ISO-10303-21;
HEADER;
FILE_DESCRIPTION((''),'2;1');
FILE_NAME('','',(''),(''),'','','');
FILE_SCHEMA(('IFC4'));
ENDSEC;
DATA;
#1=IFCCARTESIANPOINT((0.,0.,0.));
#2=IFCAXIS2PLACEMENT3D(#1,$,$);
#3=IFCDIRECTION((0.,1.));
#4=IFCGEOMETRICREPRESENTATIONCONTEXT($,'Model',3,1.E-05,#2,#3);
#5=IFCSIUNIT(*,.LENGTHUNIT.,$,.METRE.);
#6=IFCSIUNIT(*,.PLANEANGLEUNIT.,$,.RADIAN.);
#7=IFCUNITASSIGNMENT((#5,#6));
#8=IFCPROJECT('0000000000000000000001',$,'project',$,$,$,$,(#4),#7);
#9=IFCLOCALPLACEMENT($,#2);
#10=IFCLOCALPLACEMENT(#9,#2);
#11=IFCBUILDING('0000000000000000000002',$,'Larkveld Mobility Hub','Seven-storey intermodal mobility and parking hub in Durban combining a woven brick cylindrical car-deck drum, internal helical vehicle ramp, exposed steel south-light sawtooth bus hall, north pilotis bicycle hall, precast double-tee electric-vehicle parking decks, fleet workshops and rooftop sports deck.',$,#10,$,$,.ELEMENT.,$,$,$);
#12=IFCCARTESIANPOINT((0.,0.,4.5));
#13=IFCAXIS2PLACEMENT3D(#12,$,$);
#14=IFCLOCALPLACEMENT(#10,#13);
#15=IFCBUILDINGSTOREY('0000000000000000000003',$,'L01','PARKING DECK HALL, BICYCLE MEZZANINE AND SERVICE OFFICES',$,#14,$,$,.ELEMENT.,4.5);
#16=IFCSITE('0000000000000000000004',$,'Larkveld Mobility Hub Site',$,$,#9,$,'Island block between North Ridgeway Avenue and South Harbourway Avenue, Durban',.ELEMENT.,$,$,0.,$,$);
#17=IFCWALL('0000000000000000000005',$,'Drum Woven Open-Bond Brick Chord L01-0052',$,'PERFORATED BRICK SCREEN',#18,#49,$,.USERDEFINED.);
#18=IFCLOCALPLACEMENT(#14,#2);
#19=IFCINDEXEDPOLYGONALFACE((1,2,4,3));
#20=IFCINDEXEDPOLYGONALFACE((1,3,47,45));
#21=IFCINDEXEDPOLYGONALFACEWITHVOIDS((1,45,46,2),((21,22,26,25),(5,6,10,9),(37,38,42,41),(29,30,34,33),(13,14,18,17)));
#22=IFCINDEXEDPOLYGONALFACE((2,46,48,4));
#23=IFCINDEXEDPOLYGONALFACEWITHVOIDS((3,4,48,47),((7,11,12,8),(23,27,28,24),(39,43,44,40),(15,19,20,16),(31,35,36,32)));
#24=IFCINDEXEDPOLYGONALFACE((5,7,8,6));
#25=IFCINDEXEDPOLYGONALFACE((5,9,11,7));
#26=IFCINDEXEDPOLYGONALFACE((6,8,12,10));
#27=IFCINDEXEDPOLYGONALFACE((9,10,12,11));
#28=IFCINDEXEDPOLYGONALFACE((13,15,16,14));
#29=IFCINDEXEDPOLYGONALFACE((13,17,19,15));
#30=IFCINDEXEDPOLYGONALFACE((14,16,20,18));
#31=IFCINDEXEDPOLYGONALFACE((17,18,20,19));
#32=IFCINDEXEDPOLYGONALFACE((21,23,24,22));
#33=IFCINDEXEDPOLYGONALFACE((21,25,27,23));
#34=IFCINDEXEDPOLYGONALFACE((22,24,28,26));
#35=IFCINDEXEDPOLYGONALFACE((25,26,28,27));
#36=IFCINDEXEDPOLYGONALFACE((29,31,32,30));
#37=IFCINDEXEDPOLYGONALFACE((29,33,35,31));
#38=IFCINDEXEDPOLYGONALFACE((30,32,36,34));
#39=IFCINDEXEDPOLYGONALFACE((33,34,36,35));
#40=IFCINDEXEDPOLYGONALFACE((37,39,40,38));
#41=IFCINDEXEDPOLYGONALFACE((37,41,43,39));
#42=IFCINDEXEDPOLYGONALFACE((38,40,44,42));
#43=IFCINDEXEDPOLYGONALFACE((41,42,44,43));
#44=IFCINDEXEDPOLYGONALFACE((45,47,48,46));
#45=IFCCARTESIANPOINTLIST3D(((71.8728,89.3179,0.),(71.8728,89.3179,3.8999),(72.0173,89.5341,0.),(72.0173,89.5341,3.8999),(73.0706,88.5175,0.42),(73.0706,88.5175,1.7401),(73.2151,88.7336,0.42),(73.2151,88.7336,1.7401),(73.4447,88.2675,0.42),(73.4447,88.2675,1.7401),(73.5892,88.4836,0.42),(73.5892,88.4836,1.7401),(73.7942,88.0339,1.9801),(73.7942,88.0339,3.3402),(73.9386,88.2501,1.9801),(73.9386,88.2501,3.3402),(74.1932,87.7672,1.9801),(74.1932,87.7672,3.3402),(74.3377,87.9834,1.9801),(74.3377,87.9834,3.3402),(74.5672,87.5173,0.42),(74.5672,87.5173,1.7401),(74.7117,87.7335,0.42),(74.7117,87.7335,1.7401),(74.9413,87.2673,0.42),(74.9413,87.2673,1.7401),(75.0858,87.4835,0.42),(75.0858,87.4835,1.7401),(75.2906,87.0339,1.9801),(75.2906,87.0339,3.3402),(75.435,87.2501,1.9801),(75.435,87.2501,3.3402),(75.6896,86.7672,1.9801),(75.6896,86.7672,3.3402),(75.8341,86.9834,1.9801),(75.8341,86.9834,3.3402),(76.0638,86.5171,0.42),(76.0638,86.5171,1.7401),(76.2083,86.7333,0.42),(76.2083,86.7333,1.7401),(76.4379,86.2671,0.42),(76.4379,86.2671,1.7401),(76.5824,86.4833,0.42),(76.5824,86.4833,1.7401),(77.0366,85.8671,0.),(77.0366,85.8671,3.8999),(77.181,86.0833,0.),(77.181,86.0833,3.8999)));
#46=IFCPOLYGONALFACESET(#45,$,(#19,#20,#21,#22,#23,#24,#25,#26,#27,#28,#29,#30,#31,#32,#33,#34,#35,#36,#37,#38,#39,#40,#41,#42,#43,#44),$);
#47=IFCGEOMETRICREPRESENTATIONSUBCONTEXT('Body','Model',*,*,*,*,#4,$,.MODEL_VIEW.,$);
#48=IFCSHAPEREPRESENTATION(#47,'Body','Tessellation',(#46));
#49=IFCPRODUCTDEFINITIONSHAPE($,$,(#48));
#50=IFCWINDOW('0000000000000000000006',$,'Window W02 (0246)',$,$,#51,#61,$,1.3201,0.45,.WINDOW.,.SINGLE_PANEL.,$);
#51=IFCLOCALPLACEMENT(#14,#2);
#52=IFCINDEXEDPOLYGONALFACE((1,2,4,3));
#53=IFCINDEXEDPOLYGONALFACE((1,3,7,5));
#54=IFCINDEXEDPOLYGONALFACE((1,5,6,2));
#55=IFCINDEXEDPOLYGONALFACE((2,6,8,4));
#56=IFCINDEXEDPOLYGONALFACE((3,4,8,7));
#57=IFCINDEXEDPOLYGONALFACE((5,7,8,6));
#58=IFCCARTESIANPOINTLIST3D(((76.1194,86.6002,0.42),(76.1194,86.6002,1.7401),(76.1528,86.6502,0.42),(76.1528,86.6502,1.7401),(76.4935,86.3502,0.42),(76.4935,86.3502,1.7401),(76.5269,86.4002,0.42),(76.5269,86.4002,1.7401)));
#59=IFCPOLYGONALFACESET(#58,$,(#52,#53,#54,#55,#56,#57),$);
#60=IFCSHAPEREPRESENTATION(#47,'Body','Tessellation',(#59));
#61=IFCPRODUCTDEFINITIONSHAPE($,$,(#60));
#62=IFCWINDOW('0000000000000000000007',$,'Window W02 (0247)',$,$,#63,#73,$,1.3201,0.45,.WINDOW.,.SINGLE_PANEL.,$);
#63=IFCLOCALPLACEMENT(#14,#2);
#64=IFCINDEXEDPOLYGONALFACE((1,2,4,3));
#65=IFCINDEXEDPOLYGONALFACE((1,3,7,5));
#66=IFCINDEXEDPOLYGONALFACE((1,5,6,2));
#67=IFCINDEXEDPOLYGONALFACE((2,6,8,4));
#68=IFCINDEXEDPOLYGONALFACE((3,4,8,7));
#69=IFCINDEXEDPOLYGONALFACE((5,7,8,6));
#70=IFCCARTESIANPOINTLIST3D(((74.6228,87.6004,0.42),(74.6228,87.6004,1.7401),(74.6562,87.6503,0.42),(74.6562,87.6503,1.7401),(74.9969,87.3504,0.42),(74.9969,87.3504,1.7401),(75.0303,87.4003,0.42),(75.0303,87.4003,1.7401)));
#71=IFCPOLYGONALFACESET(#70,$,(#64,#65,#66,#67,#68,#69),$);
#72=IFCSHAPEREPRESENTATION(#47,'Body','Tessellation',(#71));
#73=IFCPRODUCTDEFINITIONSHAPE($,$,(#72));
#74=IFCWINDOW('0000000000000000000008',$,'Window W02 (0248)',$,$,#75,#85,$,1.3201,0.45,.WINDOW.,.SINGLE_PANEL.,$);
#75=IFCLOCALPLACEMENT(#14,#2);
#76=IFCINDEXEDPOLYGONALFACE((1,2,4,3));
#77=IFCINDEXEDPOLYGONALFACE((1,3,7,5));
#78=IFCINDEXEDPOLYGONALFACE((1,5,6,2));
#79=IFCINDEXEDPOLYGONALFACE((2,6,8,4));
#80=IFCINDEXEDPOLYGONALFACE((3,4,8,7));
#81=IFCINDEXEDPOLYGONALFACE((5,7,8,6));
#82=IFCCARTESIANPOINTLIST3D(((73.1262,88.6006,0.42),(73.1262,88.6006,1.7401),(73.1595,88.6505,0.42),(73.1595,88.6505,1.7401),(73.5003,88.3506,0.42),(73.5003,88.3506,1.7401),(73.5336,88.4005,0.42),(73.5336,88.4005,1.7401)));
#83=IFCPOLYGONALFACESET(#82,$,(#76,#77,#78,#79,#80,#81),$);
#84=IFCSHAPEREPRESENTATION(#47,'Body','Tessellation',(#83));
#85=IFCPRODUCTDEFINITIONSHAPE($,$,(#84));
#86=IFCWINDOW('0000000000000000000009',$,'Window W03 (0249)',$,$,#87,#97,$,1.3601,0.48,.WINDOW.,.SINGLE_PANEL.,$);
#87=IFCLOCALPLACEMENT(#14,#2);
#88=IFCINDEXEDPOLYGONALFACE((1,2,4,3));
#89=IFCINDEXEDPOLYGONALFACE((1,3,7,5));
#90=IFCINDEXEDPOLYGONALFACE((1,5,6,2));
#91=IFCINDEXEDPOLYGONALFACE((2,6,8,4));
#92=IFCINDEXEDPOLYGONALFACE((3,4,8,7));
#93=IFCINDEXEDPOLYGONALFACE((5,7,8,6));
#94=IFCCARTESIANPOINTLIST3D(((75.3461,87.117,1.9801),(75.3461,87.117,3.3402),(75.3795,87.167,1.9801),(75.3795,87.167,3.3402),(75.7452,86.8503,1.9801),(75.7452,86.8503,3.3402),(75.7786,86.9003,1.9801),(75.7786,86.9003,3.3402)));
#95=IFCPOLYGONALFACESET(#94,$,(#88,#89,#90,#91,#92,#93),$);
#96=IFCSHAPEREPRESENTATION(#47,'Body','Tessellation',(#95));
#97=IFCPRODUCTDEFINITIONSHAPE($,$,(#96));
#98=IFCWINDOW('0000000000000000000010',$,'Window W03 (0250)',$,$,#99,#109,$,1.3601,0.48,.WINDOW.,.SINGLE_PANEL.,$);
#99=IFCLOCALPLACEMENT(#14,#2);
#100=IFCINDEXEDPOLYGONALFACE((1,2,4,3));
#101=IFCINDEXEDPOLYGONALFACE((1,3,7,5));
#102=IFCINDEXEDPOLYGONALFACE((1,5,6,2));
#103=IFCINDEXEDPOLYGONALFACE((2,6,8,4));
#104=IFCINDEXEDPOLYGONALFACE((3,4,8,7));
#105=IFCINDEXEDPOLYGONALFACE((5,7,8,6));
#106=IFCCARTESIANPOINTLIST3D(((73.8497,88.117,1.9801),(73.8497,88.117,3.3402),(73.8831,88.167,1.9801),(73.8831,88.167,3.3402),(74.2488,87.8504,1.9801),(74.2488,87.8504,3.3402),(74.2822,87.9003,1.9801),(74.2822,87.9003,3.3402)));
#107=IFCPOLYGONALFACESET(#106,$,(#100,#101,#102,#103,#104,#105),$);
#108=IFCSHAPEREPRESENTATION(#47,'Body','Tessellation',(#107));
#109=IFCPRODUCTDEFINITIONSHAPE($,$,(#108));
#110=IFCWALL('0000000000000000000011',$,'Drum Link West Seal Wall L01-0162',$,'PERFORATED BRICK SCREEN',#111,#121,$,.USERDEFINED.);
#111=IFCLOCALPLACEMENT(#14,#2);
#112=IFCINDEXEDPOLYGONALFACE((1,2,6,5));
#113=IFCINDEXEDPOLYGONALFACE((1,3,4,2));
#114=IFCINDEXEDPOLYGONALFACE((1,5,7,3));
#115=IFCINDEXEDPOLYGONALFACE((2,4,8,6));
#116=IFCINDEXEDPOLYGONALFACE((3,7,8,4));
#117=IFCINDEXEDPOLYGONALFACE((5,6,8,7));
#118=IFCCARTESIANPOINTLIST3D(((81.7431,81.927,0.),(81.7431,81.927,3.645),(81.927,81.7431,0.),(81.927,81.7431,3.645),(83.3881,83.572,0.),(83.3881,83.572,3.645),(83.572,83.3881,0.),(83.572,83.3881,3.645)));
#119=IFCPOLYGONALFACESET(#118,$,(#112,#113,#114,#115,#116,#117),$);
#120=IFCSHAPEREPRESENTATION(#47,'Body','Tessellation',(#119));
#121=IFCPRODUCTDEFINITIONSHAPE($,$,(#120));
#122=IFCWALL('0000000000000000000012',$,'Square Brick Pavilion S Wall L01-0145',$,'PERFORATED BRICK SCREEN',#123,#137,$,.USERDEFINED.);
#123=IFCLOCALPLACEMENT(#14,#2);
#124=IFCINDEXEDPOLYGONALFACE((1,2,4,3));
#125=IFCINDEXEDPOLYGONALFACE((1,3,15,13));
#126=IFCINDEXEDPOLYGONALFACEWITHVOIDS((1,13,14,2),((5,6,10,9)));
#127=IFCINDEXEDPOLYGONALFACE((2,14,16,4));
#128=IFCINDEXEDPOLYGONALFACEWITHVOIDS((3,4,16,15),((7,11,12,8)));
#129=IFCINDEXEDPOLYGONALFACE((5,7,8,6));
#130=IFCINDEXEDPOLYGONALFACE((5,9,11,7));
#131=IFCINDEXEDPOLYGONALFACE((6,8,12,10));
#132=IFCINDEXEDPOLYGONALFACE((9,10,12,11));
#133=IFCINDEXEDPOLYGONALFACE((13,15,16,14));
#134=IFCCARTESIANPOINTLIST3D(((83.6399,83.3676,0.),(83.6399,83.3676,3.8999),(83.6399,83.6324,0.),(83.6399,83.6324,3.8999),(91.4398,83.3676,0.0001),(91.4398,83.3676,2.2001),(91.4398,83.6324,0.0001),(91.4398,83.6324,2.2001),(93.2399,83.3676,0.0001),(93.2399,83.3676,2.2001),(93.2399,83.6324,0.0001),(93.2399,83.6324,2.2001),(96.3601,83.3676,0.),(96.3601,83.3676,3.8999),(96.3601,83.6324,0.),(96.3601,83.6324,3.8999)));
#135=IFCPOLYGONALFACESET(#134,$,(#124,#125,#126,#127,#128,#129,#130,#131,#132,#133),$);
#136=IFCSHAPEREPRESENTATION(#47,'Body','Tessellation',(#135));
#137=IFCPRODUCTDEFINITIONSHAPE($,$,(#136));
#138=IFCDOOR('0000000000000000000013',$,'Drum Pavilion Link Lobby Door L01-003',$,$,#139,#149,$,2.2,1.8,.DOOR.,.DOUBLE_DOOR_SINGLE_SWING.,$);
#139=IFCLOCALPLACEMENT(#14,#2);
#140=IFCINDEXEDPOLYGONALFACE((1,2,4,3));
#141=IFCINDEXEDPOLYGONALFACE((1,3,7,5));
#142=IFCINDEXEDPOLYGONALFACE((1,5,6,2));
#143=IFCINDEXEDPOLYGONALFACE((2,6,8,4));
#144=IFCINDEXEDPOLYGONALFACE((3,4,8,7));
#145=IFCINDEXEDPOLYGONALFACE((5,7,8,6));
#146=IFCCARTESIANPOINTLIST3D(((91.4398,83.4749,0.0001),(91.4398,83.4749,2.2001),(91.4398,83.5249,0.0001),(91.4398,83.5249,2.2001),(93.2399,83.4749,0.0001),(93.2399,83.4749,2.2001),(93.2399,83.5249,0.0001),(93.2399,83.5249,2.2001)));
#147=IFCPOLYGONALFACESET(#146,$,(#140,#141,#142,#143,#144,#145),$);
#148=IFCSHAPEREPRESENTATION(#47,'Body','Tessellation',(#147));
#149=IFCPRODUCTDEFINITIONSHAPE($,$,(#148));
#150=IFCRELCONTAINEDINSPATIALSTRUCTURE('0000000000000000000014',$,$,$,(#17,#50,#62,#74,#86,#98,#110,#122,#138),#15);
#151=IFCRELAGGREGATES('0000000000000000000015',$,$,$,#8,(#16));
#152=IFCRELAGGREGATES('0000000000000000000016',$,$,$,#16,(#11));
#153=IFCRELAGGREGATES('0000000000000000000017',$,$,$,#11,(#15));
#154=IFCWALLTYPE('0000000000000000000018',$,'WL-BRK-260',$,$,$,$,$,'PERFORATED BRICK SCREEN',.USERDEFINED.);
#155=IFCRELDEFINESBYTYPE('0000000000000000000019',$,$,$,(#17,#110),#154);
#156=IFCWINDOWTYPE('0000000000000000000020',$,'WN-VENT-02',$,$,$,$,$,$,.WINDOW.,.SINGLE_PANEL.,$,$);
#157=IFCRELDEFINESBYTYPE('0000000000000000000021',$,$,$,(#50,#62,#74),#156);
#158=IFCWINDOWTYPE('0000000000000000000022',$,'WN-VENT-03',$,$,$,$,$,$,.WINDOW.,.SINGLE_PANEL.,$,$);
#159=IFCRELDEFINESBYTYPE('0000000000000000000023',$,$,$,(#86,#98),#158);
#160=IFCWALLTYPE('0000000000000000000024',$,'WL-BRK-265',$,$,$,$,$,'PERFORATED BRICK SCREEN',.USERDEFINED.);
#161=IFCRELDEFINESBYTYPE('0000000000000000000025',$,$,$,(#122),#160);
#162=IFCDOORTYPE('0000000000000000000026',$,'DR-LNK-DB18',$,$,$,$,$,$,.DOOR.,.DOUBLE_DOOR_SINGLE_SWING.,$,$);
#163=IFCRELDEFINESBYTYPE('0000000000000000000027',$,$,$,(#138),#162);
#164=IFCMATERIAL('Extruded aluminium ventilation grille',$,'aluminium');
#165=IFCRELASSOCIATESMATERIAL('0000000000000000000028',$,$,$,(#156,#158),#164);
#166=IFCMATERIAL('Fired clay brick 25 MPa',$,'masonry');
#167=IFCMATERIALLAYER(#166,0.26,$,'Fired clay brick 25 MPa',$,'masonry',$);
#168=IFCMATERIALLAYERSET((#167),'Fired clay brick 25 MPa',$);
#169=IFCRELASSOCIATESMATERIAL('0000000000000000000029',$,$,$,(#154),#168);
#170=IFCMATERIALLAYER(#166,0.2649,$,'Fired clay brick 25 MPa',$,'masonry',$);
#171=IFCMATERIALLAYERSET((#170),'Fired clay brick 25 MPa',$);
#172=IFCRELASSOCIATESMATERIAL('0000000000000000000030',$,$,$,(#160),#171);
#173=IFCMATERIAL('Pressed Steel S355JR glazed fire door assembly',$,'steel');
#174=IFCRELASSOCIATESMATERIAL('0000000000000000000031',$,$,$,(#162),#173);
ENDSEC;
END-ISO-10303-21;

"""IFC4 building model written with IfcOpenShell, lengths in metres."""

from ifc_helpers import new_model, si_unit, direction, frame, frame_2d, origin, place, context, subcontext, project, spatial, rectangle, extrude, material, layer, layer_set, type_object, element, fill, save


model = new_model("IFC4")

# Units and contexts
model_context = context("Model", 3, precision=1e-05, world=origin(), true_north=direction((0.0, 1.0)))
body_context = subcontext(model_context, "Body", "Model", "MODEL_VIEW")
ifc_project = project(units=[si_unit("LENGTHUNIT", "METRE"), si_unit("PLANEANGLEUNIT", "RADIAN")], contexts=[model_context])

# Site, building, storey
site_placement = place(None, origin())
site = spatial("IfcSite", under=ifc_project, at=site_placement, Name="Larkveld Mobility Hub Site", LongName="Island block between North Ridgeway Avenue and South Harbourway Avenue, Durban", CompositionType="ELEMENT", RefElevation=0.0)
building_placement = place(site_placement, origin())
building = spatial("IfcBuilding", under=site, at=building_placement, Name="Larkveld Mobility Hub", Description="Seven-storey intermodal mobility and parking hub in Durban combining a woven brick cylindrical car-deck drum, internal helical vehicle ramp, exposed steel south-light sawtooth bus hall, north pilotis bicycle hall, precast double-tee electric-vehicle parking decks, fleet workshops and rooftop sports deck.", CompositionType="ELEMENT")
storey_placement = place(building_placement, frame((0.0, 0.0, 4.5)))
storey = spatial("IfcBuildingStorey", under=building, at=storey_placement, Name="L01", Description="PARKING DECK HALL, BICYCLE MEZZANINE AND SERVICE OFFICES", CompositionType="ELEMENT", Elevation=4.5)

# Wall, openings, windows
ifc_material_1 = material(Name="Fired clay brick 25 MPa", Category="masonry")
ifc_material_2 = material(Name="Extruded aluminium ventilation grille", Category="aluminium")
window_type_1 = type_object("IfcWindowType", Name="WN-VENT-02", PartitioningType="SINGLE_PANEL", PredefinedType="WINDOW", material=ifc_material_2)
ifc_layer_1 = layer(ifc_material_1, 0.26, Name="Fired clay brick 25 MPa", Category="masonry")
ifc_layer_set_1 = layer_set([ifc_layer_1], Name="Fired clay brick 25 MPa")
wall_type_1 = type_object("IfcWallType", Name="WL-BRK-260", ElementType="PERFORATED BRICK SCREEN", PredefinedType="USERDEFINED", material=ifc_layer_set_1)
wall_1_placement = place(storey_placement, frame((77.1089, 85.9751, 0.0), z_axis=(0.0, 0.0, 1.0), x_axis=(-0.831427, 0.555634, 0.0)))
wall_1 = element("IfcWall", 1, at=wall_1_placement, inside=storey, type_object=wall_type_1, Name="Drum Woven Open-Bond Brick Chord L01-0052", ObjectType="PERFORATED BRICK SCREEN", PredefinedType="USERDEFINED", context=body_context, shape_type="SweptSolid", body=[
    extrude(rectangle(XDim=6.2107, YDim=0.26, at=frame_2d((3.1055, 0.0))), origin(), (0.0, 0.0, 1.0), 3.8999),
])
opening_1_placement = place(wall_1_placement, frame((0.72, 0.0, 0.4199)))
opening_1 = element("IfcOpeningElement", 2, at=opening_1_placement, cuts=wall_1, PredefinedType="OPENING", context=body_context, shape_type="SweptSolid", body=[
    extrude(rectangle(XDim=0.45, YDim=1.3201, at=frame_2d((0.2251, 0.6602))), frame((0.0, 0.1401, 0.0), z_axis=(0.0, -1.0, 0.0), x_axis=(1.0, 0.0, 0.0)), (0.0, 0.0, 1.0), 0.28),
])
opening_2_placement = place(wall_1_placement, frame((2.52, 0.0, 0.4199)))
opening_2 = element("IfcOpeningElement", 3, at=opening_2_placement, cuts=wall_1, PredefinedType="OPENING", context=body_context, shape_type="SweptSolid", body=[
    extrude(rectangle(XDim=0.45, YDim=1.3201, at=frame_2d((0.2251, 0.6602))), frame((0.0, 0.1401, 0.0), z_axis=(0.0, -1.0, 0.0), x_axis=(1.0, 0.0, 0.0)), (0.0, 0.0, 1.0), 0.28),
])
opening_3_placement = place(wall_1_placement, frame((4.3201, 0.0, 0.4199)))
opening_3 = element("IfcOpeningElement", 4, at=opening_3_placement, cuts=wall_1, PredefinedType="OPENING", context=body_context, shape_type="SweptSolid", body=[
    extrude(rectangle(XDim=0.45, YDim=1.3201, at=frame_2d((0.2251, 0.6602))), frame((0.0, 0.1401, 0.0), z_axis=(0.0, -1.0, 0.0), x_axis=(1.0, 0.0, 0.0)), (0.0, 0.0, 1.0), 0.28),
])
opening_4_placement = place(wall_1_placement, frame((1.6201, 0.0, 1.98)))
opening_4 = element("IfcOpeningElement", 5, at=opening_4_placement, cuts=wall_1, PredefinedType="OPENING", context=body_context, shape_type="SweptSolid", body=[
    extrude(rectangle(XDim=0.48, YDim=1.3601, at=frame_2d((0.24, 0.6802))), frame((0.0, 0.1401, 0.0), z_axis=(0.0, -1.0, 0.0), x_axis=(1.0, 0.0, 0.0)), (0.0, 0.0, 1.0), 0.28),
])
opening_5_placement = place(wall_1_placement, frame((3.4199, 0.0, 1.98)))
opening_5 = element("IfcOpeningElement", 6, at=opening_5_placement, cuts=wall_1, PredefinedType="OPENING", context=body_context, shape_type="SweptSolid", body=[
    extrude(rectangle(XDim=0.48, YDim=1.3601, at=frame_2d((0.24, 0.6802))), frame((0.0, 0.1401, 0.0), z_axis=(0.0, -1.0, 0.0), x_axis=(1.0, 0.0, 0.0)), (0.0, 0.0, 1.0), 0.28),
])
window_1_placement = place(opening_1_placement, origin())
window_1 = element("IfcWindow", 7, at=window_1_placement, inside=storey, type_object=window_type_1, Name="Window W02 (0246)", OverallHeight=1.3201, OverallWidth=0.45, PartitioningType="SINGLE_PANEL", PredefinedType="WINDOW", context=body_context, shape_type="SweptSolid", body=[
    extrude(rectangle(XDim=0.45, YDim=1.3201, at=frame_2d((0.2251, 0.6602))), frame((0.0, 0.03, 0.0), z_axis=(0.0, -1.0, 0.0), x_axis=(1.0, 0.0, 0.0)), (0.0, 0.0, 1.0), 0.0601),
])
fill(opening_1, window_1)
window_2_placement = place(opening_2_placement, origin())
window_2 = element("IfcWindow", 8, at=window_2_placement, inside=storey, type_object=window_type_1, Name="Window W02 (0247)", OverallHeight=1.3201, OverallWidth=0.45, PartitioningType="SINGLE_PANEL", PredefinedType="WINDOW", context=body_context, shape_type="SweptSolid", body=[
    extrude(rectangle(XDim=0.45, YDim=1.3201, at=frame_2d((0.2251, 0.6602))), frame((0.0, 0.03, 0.0), z_axis=(0.0, -1.0, 0.0), x_axis=(1.0, 0.0, 0.0)), (0.0, 0.0, 1.0), 0.0601),
])
fill(opening_2, window_2)
window_3_placement = place(opening_3_placement, origin())
window_3 = element("IfcWindow", 9, at=window_3_placement, inside=storey, type_object=window_type_1, Name="Window W02 (0248)", OverallHeight=1.3201, OverallWidth=0.45, PartitioningType="SINGLE_PANEL", PredefinedType="WINDOW", context=body_context, shape_type="SweptSolid", body=[
    extrude(rectangle(XDim=0.45, YDim=1.3201, at=frame_2d((0.2251, 0.6602))), frame((0.0, 0.03, 0.0), z_axis=(0.0, -1.0, 0.0), x_axis=(1.0, 0.0, 0.0)), (0.0, 0.0, 1.0), 0.0601),
])
fill(opening_3, window_3)
window_type_2 = type_object("IfcWindowType", Name="WN-VENT-03", PartitioningType="SINGLE_PANEL", PredefinedType="WINDOW", material=ifc_material_2)
window_4_placement = place(opening_4_placement, origin())
window_4 = element("IfcWindow", 10, at=window_4_placement, inside=storey, type_object=window_type_2, Name="Window W03 (0249)", OverallHeight=1.3601, OverallWidth=0.48, PartitioningType="SINGLE_PANEL", PredefinedType="WINDOW", context=body_context, shape_type="SweptSolid", body=[
    extrude(rectangle(XDim=0.48, YDim=1.3601, at=frame_2d((0.24, 0.6802))), frame((0.0, 0.03, 0.0), z_axis=(0.0, -1.0, 0.0), x_axis=(1.0, 0.0, 0.0)), (0.0, 0.0, 1.0), 0.0601),
])
fill(opening_4, window_4)
window_5_placement = place(opening_5_placement, origin())
window_5 = element("IfcWindow", 11, at=window_5_placement, inside=storey, type_object=window_type_2, Name="Window W03 (0250)", OverallHeight=1.3601, OverallWidth=0.48, PartitioningType="SINGLE_PANEL", PredefinedType="WINDOW", context=body_context, shape_type="SweptSolid", body=[
    extrude(rectangle(XDim=0.48, YDim=1.3601, at=frame_2d((0.24, 0.6802))), frame((0.0, 0.03, 0.0), z_axis=(0.0, -1.0, 0.0), x_axis=(1.0, 0.0, 0.0)), (0.0, 0.0, 1.0), 0.0601),
])
fill(opening_5, window_5)

# Wall
wall_2_placement = place(storey_placement, frame((83.48, 83.48, 0.0), z_axis=(0.0, 0.0, 1.0), x_axis=(-0.707107, -0.707107, 0.0)))
element("IfcWall", 12, at=wall_2_placement, inside=storey, type_object=wall_type_1, Name="Drum Link West Seal Wall L01-0162", ObjectType="PERFORATED BRICK SCREEN", PredefinedType="USERDEFINED", context=body_context, shape_type="SweptSolid", body=[
    extrude(rectangle(XDim=2.3264, YDim=0.26, at=frame_2d((1.1631, 0.0))), origin(), (0.0, 0.0, 1.0), 3.645),
])

# Wall, opening, door
ifc_layer_2 = layer(ifc_material_1, 0.2649, Name="Fired clay brick 25 MPa", Category="masonry")
ifc_layer_set_2 = layer_set([ifc_layer_2], Name="Fired clay brick 25 MPa")
wall_type_2 = type_object("IfcWallType", Name="WL-BRK-265", ElementType="PERFORATED BRICK SCREEN", PredefinedType="USERDEFINED", material=ifc_layer_set_2)
wall_3_placement = place(storey_placement, frame((83.6399, 83.5, 0.0), z_axis=(0.0, 0.0, 1.0), x_axis=(1.0, 0.0, 0.0)))
wall_3 = element("IfcWall", 13, at=wall_3_placement, inside=storey, type_object=wall_type_2, Name="Square Brick Pavilion S Wall L01-0145", ObjectType="PERFORATED BRICK SCREEN", PredefinedType="USERDEFINED", context=body_context, shape_type="SweptSolid", body=[
    extrude(rectangle(XDim=12.7202, YDim=0.2649, at=frame_2d((6.3601, 0.0))), origin(), (0.0, 0.0, 1.0), 3.8999),
])
opening_6_placement = place(wall_3_placement, frame((7.8, 0.0, 0.0)))
opening_6 = element("IfcOpeningElement", 14, at=opening_6_placement, cuts=wall_3, PredefinedType="OPENING", context=body_context, shape_type="SweptSolid", body=[
    extrude(rectangle(XDim=1.8, YDim=2.2, at=frame_2d((0.8999, 1.1001))), frame((0.0, 0.1426, 0.0), z_axis=(0.0, -1.0, 0.0), x_axis=(1.0, 0.0, 0.0)), (0.0, 0.0, 1.0), 0.2849),
])
ifc_material_3 = material(Name="Pressed Steel S355JR glazed fire door assembly", Category="steel")
door_type = type_object("IfcDoorType", Name="DR-LNK-DB18", OperationType="DOUBLE_DOOR_SINGLE_SWING", PredefinedType="DOOR", material=ifc_material_3)
door_placement = place(opening_6_placement, origin())
door = element("IfcDoor", 15, at=door_placement, inside=storey, type_object=door_type, Name="Drum Pavilion Link Lobby Door L01-003", OperationType="DOUBLE_DOOR_SINGLE_SWING", OverallHeight=2.2, OverallWidth=1.8, PredefinedType="DOOR", context=body_context, shape_type="SweptSolid", body=[
    extrude(rectangle(XDim=1.8, YDim=2.2, at=frame_2d((0.8999, 1.1001))), frame((0.0, 0.0249, 0.0), z_axis=(0.0, -1.0, 0.0), x_axis=(1.0, 0.0, 0.0)), (0.0, 0.0, 1.0), 0.05),
])
fill(opening_6, door)

save(model, "model.ifc")
